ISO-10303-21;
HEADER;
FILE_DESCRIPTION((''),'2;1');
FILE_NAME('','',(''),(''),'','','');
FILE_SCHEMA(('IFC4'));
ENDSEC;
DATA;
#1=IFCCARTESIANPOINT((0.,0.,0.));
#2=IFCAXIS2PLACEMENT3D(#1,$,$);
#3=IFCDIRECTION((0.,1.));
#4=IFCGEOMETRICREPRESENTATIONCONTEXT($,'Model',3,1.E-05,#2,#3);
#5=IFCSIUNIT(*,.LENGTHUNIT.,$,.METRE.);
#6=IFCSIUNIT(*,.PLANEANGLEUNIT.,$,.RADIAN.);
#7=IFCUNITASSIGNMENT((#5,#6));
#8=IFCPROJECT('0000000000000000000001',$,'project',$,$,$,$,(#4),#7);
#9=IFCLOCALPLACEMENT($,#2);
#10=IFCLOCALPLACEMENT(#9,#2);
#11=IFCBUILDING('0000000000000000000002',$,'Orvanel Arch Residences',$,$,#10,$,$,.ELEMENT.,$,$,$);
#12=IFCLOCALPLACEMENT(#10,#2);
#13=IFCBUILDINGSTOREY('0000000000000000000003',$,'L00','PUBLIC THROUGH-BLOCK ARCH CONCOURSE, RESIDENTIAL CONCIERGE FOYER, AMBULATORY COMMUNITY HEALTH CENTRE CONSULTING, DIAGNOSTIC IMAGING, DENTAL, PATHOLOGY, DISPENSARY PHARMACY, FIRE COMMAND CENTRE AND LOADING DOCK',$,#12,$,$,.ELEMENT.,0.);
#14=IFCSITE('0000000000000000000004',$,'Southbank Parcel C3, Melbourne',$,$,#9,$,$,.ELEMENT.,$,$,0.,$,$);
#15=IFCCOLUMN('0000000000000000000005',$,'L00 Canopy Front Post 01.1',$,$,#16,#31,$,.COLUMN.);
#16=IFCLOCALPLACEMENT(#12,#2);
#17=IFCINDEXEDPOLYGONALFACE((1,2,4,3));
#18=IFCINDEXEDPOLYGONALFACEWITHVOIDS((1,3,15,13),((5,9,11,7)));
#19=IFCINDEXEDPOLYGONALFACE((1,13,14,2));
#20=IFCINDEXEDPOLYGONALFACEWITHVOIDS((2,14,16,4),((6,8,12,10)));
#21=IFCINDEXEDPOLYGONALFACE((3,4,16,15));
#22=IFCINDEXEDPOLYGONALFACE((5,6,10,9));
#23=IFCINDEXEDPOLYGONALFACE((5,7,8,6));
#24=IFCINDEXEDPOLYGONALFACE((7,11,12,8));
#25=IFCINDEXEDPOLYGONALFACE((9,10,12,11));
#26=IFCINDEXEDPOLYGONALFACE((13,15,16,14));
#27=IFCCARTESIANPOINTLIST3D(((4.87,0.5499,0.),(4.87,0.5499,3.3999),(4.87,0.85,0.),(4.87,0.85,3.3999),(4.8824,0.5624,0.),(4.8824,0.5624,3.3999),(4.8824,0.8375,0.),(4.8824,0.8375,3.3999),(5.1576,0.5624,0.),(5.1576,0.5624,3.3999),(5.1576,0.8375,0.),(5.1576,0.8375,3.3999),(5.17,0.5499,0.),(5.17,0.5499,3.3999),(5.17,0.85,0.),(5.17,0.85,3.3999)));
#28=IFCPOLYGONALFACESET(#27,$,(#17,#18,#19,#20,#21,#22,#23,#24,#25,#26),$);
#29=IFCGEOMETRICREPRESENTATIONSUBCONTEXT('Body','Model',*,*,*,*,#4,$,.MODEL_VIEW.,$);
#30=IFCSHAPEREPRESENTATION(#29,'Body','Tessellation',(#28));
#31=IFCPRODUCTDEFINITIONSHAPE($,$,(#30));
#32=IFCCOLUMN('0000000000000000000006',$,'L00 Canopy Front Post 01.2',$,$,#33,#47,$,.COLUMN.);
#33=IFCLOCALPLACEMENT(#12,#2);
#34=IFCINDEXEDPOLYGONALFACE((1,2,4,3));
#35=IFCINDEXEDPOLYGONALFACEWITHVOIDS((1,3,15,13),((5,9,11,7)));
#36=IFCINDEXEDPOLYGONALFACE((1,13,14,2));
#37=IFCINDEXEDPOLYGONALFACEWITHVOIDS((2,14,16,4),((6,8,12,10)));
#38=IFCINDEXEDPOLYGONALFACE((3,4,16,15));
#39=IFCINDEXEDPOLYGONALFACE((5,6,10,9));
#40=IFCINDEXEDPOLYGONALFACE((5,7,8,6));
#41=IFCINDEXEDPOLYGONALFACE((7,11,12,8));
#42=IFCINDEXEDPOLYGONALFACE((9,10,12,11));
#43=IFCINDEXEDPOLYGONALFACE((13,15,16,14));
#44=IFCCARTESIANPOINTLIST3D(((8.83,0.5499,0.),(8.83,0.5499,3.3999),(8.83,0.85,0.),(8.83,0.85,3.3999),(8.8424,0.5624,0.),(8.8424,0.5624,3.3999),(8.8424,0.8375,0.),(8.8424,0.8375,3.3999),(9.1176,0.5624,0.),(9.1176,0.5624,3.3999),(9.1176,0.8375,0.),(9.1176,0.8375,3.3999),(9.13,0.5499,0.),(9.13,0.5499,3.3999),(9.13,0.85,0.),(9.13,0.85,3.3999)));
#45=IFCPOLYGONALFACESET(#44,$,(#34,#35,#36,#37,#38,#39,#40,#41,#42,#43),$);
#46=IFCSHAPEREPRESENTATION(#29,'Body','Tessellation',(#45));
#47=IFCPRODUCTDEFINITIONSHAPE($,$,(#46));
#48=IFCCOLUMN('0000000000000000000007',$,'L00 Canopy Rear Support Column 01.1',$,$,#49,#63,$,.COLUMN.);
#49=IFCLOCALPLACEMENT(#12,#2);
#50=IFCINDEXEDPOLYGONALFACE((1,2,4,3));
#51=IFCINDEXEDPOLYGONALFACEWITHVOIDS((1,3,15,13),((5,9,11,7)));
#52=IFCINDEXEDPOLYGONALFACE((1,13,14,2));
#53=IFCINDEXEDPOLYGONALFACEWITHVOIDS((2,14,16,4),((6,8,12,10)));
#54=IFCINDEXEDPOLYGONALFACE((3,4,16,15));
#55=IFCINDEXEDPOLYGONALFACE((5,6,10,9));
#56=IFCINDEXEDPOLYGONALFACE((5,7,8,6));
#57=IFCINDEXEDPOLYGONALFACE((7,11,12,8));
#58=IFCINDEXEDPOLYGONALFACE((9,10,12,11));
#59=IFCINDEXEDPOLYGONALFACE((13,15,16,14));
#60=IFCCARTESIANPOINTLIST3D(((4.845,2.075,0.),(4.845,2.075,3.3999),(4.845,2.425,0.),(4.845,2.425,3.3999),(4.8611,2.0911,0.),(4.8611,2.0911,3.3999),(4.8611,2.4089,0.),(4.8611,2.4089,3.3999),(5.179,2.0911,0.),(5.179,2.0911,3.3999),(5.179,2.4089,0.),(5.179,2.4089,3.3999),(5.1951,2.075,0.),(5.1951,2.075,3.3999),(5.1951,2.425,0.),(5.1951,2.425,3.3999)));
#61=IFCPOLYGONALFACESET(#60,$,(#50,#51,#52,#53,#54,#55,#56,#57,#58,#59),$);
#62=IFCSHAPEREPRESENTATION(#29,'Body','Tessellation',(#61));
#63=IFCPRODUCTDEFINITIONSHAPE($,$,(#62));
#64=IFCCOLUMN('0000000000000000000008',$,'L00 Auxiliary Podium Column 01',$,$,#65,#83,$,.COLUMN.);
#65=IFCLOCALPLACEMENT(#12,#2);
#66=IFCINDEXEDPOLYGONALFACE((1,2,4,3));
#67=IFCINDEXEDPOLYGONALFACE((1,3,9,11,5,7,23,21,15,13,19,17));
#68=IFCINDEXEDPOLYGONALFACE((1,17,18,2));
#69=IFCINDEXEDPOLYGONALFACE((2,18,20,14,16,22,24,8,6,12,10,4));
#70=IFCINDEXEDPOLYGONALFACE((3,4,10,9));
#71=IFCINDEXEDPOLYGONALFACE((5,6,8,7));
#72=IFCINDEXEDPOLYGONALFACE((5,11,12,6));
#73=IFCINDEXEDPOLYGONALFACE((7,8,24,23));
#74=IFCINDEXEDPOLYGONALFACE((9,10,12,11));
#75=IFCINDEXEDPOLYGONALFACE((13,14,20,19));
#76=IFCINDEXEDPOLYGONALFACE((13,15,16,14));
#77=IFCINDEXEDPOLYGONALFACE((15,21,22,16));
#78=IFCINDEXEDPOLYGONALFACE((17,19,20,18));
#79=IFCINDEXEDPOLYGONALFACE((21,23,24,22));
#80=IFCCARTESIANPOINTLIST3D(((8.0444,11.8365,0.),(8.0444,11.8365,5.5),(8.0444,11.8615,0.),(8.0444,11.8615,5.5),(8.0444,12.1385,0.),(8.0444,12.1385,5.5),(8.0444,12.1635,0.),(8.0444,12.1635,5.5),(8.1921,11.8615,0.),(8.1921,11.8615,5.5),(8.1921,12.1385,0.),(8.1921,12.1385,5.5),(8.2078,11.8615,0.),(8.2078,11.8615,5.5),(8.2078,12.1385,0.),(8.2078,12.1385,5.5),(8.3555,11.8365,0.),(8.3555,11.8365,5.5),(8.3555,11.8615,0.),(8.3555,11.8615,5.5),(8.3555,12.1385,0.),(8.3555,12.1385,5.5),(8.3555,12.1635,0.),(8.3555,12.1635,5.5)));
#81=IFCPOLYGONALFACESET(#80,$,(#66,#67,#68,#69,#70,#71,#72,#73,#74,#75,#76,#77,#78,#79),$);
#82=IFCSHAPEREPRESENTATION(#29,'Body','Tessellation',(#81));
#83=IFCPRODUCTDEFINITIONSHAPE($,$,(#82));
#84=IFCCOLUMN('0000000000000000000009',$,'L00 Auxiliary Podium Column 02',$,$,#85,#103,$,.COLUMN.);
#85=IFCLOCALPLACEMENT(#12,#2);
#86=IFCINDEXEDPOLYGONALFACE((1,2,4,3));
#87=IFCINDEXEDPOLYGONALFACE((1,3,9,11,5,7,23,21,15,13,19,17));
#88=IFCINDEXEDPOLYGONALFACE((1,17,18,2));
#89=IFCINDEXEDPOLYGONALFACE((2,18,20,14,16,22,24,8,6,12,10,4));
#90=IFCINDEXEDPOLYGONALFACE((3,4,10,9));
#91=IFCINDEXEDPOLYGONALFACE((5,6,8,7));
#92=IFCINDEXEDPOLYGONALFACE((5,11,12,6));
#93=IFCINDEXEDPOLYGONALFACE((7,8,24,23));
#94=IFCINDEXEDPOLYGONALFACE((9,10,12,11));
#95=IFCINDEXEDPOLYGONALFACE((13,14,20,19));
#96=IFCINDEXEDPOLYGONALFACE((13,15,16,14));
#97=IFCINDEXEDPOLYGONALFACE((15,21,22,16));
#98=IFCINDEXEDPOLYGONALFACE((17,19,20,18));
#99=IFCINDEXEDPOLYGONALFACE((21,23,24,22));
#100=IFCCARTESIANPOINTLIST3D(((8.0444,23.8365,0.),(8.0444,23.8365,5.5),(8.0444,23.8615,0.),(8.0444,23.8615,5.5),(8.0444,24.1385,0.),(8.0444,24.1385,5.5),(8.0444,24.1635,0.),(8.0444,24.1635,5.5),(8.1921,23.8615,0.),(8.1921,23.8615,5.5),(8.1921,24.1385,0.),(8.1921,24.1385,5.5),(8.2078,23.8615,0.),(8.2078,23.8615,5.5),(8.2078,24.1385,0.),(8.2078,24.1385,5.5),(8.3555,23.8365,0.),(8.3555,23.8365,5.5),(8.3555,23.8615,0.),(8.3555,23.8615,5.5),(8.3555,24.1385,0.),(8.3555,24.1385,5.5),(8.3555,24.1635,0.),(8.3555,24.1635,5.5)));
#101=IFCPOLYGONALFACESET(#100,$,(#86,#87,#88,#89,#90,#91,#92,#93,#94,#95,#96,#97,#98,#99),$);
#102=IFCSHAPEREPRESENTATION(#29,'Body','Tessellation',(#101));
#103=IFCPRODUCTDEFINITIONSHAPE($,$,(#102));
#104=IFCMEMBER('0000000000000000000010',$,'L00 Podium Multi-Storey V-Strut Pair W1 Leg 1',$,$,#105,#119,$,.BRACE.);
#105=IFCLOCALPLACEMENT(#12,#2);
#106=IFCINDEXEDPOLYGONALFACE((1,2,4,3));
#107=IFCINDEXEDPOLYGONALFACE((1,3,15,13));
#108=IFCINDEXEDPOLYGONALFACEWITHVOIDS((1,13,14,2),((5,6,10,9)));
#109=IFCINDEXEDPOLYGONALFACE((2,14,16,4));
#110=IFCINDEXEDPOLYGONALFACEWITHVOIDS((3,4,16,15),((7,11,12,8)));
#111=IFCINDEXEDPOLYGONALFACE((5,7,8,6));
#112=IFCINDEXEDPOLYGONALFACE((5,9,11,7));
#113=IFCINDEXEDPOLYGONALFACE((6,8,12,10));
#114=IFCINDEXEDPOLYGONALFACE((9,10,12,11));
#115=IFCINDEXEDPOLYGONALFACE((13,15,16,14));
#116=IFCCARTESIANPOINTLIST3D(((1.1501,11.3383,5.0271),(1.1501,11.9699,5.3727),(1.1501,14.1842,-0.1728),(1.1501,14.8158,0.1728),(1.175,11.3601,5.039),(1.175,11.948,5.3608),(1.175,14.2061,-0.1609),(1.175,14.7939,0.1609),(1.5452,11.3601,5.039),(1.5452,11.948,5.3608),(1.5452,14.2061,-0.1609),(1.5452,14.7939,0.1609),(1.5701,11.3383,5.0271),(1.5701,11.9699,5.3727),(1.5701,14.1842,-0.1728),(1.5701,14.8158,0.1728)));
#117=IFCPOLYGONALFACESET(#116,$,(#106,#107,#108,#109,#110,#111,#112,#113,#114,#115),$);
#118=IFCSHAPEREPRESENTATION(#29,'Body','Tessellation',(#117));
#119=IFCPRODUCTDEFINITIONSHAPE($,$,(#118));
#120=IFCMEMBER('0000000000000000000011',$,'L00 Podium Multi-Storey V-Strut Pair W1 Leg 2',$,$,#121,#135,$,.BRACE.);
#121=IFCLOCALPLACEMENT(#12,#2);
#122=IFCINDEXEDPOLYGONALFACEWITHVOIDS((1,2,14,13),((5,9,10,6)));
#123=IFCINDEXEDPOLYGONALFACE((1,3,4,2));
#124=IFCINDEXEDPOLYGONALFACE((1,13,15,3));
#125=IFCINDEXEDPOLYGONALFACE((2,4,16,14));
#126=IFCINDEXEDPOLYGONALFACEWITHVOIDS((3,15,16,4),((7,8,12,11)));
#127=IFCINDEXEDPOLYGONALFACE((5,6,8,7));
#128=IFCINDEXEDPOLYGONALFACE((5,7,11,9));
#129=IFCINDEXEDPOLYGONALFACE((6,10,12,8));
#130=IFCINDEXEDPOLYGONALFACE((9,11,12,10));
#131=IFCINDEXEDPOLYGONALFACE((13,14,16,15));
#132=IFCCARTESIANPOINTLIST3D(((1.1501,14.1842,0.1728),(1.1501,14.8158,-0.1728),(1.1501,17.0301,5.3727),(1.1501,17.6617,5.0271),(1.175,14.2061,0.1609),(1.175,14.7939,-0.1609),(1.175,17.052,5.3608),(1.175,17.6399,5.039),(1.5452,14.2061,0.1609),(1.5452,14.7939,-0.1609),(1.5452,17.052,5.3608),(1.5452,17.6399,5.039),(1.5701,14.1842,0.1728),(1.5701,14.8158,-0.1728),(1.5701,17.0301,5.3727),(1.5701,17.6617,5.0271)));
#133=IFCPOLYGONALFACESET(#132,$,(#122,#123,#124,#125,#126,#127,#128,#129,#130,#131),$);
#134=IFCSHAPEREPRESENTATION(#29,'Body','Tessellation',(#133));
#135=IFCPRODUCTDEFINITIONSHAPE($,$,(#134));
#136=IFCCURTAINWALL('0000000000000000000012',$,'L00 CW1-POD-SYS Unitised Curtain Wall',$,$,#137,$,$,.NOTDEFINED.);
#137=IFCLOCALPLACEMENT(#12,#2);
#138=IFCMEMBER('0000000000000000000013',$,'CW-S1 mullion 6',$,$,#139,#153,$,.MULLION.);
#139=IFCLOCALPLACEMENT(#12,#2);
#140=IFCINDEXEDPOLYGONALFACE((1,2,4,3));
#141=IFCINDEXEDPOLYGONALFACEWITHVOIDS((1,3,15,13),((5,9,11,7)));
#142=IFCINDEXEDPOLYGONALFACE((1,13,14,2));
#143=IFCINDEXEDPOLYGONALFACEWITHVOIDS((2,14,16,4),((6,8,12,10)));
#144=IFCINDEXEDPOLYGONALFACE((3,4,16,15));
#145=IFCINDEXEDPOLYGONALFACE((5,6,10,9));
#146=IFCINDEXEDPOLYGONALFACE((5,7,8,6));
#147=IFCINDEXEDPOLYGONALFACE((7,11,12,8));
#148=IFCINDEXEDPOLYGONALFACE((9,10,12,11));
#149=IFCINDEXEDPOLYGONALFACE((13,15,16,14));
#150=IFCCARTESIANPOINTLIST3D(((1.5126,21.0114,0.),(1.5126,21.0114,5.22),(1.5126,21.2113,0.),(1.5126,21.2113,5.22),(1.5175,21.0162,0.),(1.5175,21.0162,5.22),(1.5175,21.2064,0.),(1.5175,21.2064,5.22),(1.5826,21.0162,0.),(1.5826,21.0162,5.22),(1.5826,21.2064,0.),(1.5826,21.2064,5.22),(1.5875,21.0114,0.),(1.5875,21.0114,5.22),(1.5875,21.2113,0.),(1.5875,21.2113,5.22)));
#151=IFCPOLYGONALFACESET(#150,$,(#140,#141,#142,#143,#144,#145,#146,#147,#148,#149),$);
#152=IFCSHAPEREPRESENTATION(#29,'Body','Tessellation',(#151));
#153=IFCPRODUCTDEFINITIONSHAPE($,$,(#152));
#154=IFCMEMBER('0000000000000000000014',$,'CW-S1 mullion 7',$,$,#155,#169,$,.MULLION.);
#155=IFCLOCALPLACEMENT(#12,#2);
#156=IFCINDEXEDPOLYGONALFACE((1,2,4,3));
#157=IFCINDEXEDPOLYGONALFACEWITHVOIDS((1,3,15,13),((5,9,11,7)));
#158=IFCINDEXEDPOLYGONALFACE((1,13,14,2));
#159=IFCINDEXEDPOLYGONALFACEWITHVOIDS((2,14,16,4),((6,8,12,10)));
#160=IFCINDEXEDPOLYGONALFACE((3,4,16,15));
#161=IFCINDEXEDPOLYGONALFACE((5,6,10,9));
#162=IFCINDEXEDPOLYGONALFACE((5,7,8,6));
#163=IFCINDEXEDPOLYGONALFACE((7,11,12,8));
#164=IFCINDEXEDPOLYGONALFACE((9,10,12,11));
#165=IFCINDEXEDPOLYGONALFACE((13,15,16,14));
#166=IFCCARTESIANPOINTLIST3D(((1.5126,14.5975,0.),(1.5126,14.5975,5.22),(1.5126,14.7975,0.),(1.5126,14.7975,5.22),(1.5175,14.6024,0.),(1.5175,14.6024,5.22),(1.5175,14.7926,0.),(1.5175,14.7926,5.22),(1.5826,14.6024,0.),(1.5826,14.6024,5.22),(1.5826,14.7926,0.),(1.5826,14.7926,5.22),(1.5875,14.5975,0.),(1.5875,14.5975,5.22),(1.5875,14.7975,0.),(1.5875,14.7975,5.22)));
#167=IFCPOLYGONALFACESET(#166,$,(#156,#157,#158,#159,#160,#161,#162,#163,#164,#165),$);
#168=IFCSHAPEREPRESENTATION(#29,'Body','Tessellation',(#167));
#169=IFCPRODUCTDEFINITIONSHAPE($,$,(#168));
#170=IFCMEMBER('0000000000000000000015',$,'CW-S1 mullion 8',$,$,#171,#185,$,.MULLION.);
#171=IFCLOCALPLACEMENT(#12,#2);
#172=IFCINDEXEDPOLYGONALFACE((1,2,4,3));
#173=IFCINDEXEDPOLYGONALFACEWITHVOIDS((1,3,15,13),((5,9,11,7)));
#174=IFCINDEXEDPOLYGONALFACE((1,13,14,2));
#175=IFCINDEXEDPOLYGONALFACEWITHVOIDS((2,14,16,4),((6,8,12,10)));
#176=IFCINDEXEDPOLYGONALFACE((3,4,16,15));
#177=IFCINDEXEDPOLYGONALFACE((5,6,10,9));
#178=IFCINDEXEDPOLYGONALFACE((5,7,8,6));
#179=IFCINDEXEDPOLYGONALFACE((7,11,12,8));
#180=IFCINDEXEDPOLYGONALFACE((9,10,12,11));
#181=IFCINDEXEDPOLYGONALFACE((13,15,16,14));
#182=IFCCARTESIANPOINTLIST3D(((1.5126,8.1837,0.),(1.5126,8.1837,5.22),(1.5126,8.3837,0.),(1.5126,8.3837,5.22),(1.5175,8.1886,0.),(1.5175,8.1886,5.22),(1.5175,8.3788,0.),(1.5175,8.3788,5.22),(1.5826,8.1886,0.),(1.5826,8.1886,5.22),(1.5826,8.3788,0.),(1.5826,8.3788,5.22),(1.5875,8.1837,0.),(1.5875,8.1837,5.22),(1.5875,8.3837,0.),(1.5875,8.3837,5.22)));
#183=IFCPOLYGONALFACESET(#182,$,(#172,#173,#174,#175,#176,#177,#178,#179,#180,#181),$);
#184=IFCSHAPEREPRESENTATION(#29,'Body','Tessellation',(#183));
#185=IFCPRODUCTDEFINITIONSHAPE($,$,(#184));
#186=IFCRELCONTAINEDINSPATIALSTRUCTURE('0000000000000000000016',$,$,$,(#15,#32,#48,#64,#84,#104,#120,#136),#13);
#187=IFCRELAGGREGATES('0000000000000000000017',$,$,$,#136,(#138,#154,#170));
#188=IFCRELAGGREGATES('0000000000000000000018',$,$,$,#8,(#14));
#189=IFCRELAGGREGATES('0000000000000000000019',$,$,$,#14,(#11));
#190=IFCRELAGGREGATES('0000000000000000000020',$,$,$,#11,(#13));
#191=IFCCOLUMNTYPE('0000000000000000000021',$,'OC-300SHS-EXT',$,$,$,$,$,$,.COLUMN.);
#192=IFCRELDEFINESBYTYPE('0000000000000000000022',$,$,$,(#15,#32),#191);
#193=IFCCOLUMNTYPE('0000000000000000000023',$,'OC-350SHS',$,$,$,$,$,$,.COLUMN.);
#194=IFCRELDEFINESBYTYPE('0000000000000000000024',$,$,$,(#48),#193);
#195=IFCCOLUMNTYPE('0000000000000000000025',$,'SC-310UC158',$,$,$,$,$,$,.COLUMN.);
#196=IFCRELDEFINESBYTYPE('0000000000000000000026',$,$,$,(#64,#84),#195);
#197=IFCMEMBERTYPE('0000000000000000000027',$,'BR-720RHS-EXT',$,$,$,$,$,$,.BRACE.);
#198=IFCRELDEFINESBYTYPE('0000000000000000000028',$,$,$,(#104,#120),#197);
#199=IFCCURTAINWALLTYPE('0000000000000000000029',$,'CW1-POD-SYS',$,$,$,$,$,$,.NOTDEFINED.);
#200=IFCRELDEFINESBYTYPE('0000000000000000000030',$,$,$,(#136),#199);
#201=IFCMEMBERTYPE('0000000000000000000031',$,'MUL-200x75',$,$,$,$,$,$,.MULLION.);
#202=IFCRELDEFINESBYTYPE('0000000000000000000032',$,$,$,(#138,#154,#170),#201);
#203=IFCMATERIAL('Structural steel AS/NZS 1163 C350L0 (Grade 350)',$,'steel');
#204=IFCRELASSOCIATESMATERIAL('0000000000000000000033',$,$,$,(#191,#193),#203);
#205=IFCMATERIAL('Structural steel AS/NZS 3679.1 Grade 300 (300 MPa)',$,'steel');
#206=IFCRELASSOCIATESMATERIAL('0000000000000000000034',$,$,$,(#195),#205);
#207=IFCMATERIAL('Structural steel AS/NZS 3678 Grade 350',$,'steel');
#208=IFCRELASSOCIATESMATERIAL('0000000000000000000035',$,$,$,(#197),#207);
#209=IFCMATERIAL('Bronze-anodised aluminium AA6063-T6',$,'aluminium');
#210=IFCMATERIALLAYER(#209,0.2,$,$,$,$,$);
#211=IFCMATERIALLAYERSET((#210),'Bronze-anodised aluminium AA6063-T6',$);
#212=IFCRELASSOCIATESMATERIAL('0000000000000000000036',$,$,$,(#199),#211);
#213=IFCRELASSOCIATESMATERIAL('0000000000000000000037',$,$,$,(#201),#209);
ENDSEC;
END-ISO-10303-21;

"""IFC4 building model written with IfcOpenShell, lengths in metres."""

from ifc_helpers import new_model, si_unit, direction, frame, origin, origin_2d, place, context, subcontext, project, spatial, hollow_rectangle, i_section, extrude, material, layer, layer_set, material_profile, profile_set, type_object, element, aggregate, save


model = new_model("IFC4")

# Units and contexts
model_context = context("Model", 3, precision=1e-05, world=origin(), true_north=direction((0.0, 1.0)))
body_context = subcontext(model_context, "Body", "Model", "MODEL_VIEW")
ifc_project = project(units=[si_unit("LENGTHUNIT", "METRE"), si_unit("PLANEANGLEUNIT", "RADIAN")], contexts=[model_context])

# Site, building, storey
site_placement = place(None, origin())
site = spatial("IfcSite", under=ifc_project, at=site_placement, Name="Southbank Parcel C3, Melbourne", CompositionType="ELEMENT", RefElevation=0.0)
building_placement = place(site_placement, origin())
building = spatial("IfcBuilding", under=site, at=building_placement, Name="Orvanel Arch Residences", CompositionType="ELEMENT")
storey_placement = place(building_placement, origin())
storey = spatial("IfcBuildingStorey", under=building, at=storey_placement, Name="L00", Description="PUBLIC THROUGH-BLOCK ARCH CONCOURSE, RESIDENTIAL CONCIERGE FOYER, AMBULATORY COMMUNITY HEALTH CENTRE CONSULTING, DIAGNOSTIC IMAGING, DENTAL, PATHOLOGY, DISPENSARY PHARMACY, FIRE COMMAND CENTRE AND LOADING DOCK", CompositionType="ELEMENT", Elevation=0.0)

# Columns
ifc_material_1 = material(Name="Structural steel AS/NZS 1163 C350L0 (Grade 350)", Category="steel")
ifc_material_profile_1 = material_profile(ifc_material_1, hollow_rectangle(XDim=0.3, YDim=0.3, WallThickness=0.0125, at=origin_2d()), Name="SHS300x300x12.5")
ifc_profile_set_1 = profile_set([ifc_material_profile_1], Name="Structural steel AS/NZS 1163 C350L0 (Grade 350)")
column_type_1 = type_object("IfcColumnType", Name="OC-300SHS-EXT", PredefinedType="COLUMN", material=ifc_profile_set_1)
for number, where, z_axis, x_axis, name in (
    (1, (5.02, 0.7, 0.0), (0.0, 0.0, 1.0), (1.0, 0.0, 0.0), "L00 Canopy Front Post 01.1"),
    (2, (8.98, 0.7, 0.0), (0.0, 0.0, 1.0), (1.0, 0.0, 0.0), "L00 Canopy Front Post 01.2"),
):
    element("IfcColumn", number, at=place(storey_placement, frame(where, z_axis=z_axis, x_axis=x_axis)), inside=storey, type_object=column_type_1, Name=name, PredefinedType="COLUMN", context=body_context, shape_type="SweptSolid", body=[
        extrude(hollow_rectangle(XDim=0.3, YDim=0.3, WallThickness=0.0125, at=origin_2d()), origin(), (0.0, 0.0, 1.0), 3.3999),
    ])
ifc_material_profile_2 = material_profile(ifc_material_1, hollow_rectangle(XDim=0.3501, YDim=0.3501, WallThickness=0.0161, at=origin_2d()), Name="SHS350x350x16")
ifc_profile_set_2 = profile_set([ifc_material_profile_2], Name="Structural steel AS/NZS 1163 C350L0 (Grade 350)")
column_type_2 = type_object("IfcColumnType", Name="OC-350SHS", PredefinedType="COLUMN", material=ifc_profile_set_2)
column_placement = place(storey_placement, frame((5.02, 2.25, 0.0), z_axis=(0.0, 0.0, 1.0), x_axis=(1.0, 0.0, 0.0)))
element("IfcColumn", 3, at=column_placement, inside=storey, type_object=column_type_2, Name="L00 Canopy Rear Support Column 01.1", PredefinedType="COLUMN", context=body_context, shape_type="SweptSolid", body=[
    extrude(hollow_rectangle(XDim=0.3501, YDim=0.3501, WallThickness=0.0161, at=origin_2d()), origin(), (0.0, 0.0, 1.0), 3.3999),
])
ifc_material_2 = material(Name="Structural steel AS/NZS 3679.1 Grade 300 (300 MPa)", Category="steel")
ifc_material_profile_3 = material_profile(ifc_material_2, i_section(OverallWidth=0.311, OverallDepth=0.3269, WebThickness=0.0156, FlangeThickness=0.0249, at=origin_2d()), Name="310UC158")
ifc_profile_set_3 = profile_set([ifc_material_profile_3], Name="Structural steel AS/NZS 3679.1 Grade 300 (300 MPa)")
column_type_3 = type_object("IfcColumnType", Name="SC-310UC158", PredefinedType="COLUMN", material=ifc_profile_set_3)
for number, where, z_axis, x_axis, name in (
    (4, (8.2, 12.0, 0.0), (0.0, 0.0, 1.0), (1.0, 0.0, 0.0), "L00 Auxiliary Podium Column 01"),
    (5, (8.2, 24.0, 0.0), (0.0, 0.0, 1.0), (1.0, 0.0, 0.0), "L00 Auxiliary Podium Column 02"),
):
    element("IfcColumn", number, at=place(storey_placement, frame(where, z_axis=z_axis, x_axis=x_axis)), inside=storey, type_object=column_type_3, Name=name, PredefinedType="COLUMN", context=body_context, shape_type="SweptSolid", body=[
        extrude(i_section(OverallWidth=0.311, OverallDepth=0.3269, WebThickness=0.0156, FlangeThickness=0.0249, at=origin_2d()), origin(), (0.0, 0.0, 1.0), 5.5),
    ])

# Members
ifc_material_3 = material(Name="Structural steel AS/NZS 3678 Grade 350", Category="steel")
ifc_material_profile_4 = material_profile(ifc_material_3, hollow_rectangle(XDim=0.4199, YDim=0.72, WallThickness=0.0249, at=origin_2d()), Name="RHS720x420x25")
ifc_profile_set_4 = profile_set([ifc_material_profile_4], Name="Structural steel AS/NZS 3678 Grade 350")
member_type_1 = type_object("IfcMemberType", Name="BR-720RHS-EXT", PredefinedType="BRACE", material=ifc_profile_set_4)
for number, where, z_axis, x_axis, name in (
    (6, (1.3601, 14.5, 0.0), (0.0, -0.480101, 0.877213), (1.0, 0.0, 0.0), "L00 Podium Multi-Storey V-Strut Pair W1 Leg 1"),
    (7, (1.3601, 14.5, 0.0), (0.0, 0.480101, 0.877213), (-1.0, 0.0, 0.0), "L00 Podium Multi-Storey V-Strut Pair W1 Leg 2"),
):
    element("IfcMember", number, at=place(storey_placement, frame(where, z_axis=z_axis, x_axis=x_axis)), inside=storey, type_object=member_type_1, Name=name, PredefinedType="BRACE", context=body_context, shape_type="SweptSolid", body=[
        extrude(hollow_rectangle(XDim=0.4199, YDim=0.72, WallThickness=0.0249, at=origin_2d()), origin(), (0.0, 0.0, 1.0), 5.9277),
    ])

# Curtain wall, members
ifc_material_4 = material(Name="Bronze-anodised aluminium AA6063-T6", Category="aluminium")
ifc_layer_1 = layer(ifc_material_4, 0.2)
ifc_layer_set_1 = layer_set([ifc_layer_1], Name="Bronze-anodised aluminium AA6063-T6")
curtain_wall_type = type_object("IfcCurtainWallType", Name="CW1-POD-SYS", PredefinedType="NOTDEFINED", material=ifc_layer_set_1)
curtain_wall_placement = place(storey_placement, origin())
curtain_wall = element("IfcCurtainWall", 8, at=curtain_wall_placement, inside=storey, type_object=curtain_wall_type, Name="L00 CW1-POD-SYS Unitised Curtain Wall", PredefinedType="NOTDEFINED")
ifc_material_profile_5 = material_profile(ifc_material_4, hollow_rectangle(XDim=0.075, YDim=0.2, WallThickness=0.0049, at=origin_2d()), Name="ALU200x75x5")
ifc_profile_set_5 = profile_set([ifc_material_profile_5], Name="Bronze-anodised aluminium AA6063-T6")
member_type_2 = type_object("IfcMemberType", Name="MUL-200x75", PredefinedType="MULLION", material=ifc_profile_set_5)
member_1_placement = place(storey_placement, frame((1.55, 21.1113, 0.0), z_axis=(0.0, 0.0, 1.0), x_axis=(1.0, 0.0, 0.0)))
member_1 = element("IfcMember", 9, at=member_1_placement, type_object=member_type_2, Name="CW-S1 mullion 6", PredefinedType="MULLION", context=body_context, shape_type="SweptSolid", body=[
    extrude(hollow_rectangle(XDim=0.075, YDim=0.2, WallThickness=0.0049, at=origin_2d()), origin(), (0.0, 0.0, 1.0), 5.22),
])
member_2_placement = place(storey_placement, frame((1.55, 14.6975, 0.0), z_axis=(0.0, 0.0, 1.0), x_axis=(1.0, 0.0, 0.0)))
member_2 = element("IfcMember", 10, at=member_2_placement, type_object=member_type_2, Name="CW-S1 mullion 7", PredefinedType="MULLION", context=body_context, shape_type="SweptSolid", body=[
    extrude(hollow_rectangle(XDim=0.075, YDim=0.2, WallThickness=0.0049, at=origin_2d()), origin(), (0.0, 0.0, 1.0), 5.22),
])
member_3_placement = place(storey_placement, frame((1.55, 8.2837, 0.0), z_axis=(0.0, 0.0, 1.0), x_axis=(1.0, 0.0, 0.0)))
member_3 = element("IfcMember", 11, at=member_3_placement, type_object=member_type_2, Name="CW-S1 mullion 8", PredefinedType="MULLION", context=body_context, shape_type="SweptSolid", body=[
    extrude(hollow_rectangle(XDim=0.075, YDim=0.2, WallThickness=0.0049, at=origin_2d()), origin(), (0.0, 0.0, 1.0), 5.22),
])

aggregate(curtain_wall, [member_1, member_2, member_3])

save(model, "model.ifc")
